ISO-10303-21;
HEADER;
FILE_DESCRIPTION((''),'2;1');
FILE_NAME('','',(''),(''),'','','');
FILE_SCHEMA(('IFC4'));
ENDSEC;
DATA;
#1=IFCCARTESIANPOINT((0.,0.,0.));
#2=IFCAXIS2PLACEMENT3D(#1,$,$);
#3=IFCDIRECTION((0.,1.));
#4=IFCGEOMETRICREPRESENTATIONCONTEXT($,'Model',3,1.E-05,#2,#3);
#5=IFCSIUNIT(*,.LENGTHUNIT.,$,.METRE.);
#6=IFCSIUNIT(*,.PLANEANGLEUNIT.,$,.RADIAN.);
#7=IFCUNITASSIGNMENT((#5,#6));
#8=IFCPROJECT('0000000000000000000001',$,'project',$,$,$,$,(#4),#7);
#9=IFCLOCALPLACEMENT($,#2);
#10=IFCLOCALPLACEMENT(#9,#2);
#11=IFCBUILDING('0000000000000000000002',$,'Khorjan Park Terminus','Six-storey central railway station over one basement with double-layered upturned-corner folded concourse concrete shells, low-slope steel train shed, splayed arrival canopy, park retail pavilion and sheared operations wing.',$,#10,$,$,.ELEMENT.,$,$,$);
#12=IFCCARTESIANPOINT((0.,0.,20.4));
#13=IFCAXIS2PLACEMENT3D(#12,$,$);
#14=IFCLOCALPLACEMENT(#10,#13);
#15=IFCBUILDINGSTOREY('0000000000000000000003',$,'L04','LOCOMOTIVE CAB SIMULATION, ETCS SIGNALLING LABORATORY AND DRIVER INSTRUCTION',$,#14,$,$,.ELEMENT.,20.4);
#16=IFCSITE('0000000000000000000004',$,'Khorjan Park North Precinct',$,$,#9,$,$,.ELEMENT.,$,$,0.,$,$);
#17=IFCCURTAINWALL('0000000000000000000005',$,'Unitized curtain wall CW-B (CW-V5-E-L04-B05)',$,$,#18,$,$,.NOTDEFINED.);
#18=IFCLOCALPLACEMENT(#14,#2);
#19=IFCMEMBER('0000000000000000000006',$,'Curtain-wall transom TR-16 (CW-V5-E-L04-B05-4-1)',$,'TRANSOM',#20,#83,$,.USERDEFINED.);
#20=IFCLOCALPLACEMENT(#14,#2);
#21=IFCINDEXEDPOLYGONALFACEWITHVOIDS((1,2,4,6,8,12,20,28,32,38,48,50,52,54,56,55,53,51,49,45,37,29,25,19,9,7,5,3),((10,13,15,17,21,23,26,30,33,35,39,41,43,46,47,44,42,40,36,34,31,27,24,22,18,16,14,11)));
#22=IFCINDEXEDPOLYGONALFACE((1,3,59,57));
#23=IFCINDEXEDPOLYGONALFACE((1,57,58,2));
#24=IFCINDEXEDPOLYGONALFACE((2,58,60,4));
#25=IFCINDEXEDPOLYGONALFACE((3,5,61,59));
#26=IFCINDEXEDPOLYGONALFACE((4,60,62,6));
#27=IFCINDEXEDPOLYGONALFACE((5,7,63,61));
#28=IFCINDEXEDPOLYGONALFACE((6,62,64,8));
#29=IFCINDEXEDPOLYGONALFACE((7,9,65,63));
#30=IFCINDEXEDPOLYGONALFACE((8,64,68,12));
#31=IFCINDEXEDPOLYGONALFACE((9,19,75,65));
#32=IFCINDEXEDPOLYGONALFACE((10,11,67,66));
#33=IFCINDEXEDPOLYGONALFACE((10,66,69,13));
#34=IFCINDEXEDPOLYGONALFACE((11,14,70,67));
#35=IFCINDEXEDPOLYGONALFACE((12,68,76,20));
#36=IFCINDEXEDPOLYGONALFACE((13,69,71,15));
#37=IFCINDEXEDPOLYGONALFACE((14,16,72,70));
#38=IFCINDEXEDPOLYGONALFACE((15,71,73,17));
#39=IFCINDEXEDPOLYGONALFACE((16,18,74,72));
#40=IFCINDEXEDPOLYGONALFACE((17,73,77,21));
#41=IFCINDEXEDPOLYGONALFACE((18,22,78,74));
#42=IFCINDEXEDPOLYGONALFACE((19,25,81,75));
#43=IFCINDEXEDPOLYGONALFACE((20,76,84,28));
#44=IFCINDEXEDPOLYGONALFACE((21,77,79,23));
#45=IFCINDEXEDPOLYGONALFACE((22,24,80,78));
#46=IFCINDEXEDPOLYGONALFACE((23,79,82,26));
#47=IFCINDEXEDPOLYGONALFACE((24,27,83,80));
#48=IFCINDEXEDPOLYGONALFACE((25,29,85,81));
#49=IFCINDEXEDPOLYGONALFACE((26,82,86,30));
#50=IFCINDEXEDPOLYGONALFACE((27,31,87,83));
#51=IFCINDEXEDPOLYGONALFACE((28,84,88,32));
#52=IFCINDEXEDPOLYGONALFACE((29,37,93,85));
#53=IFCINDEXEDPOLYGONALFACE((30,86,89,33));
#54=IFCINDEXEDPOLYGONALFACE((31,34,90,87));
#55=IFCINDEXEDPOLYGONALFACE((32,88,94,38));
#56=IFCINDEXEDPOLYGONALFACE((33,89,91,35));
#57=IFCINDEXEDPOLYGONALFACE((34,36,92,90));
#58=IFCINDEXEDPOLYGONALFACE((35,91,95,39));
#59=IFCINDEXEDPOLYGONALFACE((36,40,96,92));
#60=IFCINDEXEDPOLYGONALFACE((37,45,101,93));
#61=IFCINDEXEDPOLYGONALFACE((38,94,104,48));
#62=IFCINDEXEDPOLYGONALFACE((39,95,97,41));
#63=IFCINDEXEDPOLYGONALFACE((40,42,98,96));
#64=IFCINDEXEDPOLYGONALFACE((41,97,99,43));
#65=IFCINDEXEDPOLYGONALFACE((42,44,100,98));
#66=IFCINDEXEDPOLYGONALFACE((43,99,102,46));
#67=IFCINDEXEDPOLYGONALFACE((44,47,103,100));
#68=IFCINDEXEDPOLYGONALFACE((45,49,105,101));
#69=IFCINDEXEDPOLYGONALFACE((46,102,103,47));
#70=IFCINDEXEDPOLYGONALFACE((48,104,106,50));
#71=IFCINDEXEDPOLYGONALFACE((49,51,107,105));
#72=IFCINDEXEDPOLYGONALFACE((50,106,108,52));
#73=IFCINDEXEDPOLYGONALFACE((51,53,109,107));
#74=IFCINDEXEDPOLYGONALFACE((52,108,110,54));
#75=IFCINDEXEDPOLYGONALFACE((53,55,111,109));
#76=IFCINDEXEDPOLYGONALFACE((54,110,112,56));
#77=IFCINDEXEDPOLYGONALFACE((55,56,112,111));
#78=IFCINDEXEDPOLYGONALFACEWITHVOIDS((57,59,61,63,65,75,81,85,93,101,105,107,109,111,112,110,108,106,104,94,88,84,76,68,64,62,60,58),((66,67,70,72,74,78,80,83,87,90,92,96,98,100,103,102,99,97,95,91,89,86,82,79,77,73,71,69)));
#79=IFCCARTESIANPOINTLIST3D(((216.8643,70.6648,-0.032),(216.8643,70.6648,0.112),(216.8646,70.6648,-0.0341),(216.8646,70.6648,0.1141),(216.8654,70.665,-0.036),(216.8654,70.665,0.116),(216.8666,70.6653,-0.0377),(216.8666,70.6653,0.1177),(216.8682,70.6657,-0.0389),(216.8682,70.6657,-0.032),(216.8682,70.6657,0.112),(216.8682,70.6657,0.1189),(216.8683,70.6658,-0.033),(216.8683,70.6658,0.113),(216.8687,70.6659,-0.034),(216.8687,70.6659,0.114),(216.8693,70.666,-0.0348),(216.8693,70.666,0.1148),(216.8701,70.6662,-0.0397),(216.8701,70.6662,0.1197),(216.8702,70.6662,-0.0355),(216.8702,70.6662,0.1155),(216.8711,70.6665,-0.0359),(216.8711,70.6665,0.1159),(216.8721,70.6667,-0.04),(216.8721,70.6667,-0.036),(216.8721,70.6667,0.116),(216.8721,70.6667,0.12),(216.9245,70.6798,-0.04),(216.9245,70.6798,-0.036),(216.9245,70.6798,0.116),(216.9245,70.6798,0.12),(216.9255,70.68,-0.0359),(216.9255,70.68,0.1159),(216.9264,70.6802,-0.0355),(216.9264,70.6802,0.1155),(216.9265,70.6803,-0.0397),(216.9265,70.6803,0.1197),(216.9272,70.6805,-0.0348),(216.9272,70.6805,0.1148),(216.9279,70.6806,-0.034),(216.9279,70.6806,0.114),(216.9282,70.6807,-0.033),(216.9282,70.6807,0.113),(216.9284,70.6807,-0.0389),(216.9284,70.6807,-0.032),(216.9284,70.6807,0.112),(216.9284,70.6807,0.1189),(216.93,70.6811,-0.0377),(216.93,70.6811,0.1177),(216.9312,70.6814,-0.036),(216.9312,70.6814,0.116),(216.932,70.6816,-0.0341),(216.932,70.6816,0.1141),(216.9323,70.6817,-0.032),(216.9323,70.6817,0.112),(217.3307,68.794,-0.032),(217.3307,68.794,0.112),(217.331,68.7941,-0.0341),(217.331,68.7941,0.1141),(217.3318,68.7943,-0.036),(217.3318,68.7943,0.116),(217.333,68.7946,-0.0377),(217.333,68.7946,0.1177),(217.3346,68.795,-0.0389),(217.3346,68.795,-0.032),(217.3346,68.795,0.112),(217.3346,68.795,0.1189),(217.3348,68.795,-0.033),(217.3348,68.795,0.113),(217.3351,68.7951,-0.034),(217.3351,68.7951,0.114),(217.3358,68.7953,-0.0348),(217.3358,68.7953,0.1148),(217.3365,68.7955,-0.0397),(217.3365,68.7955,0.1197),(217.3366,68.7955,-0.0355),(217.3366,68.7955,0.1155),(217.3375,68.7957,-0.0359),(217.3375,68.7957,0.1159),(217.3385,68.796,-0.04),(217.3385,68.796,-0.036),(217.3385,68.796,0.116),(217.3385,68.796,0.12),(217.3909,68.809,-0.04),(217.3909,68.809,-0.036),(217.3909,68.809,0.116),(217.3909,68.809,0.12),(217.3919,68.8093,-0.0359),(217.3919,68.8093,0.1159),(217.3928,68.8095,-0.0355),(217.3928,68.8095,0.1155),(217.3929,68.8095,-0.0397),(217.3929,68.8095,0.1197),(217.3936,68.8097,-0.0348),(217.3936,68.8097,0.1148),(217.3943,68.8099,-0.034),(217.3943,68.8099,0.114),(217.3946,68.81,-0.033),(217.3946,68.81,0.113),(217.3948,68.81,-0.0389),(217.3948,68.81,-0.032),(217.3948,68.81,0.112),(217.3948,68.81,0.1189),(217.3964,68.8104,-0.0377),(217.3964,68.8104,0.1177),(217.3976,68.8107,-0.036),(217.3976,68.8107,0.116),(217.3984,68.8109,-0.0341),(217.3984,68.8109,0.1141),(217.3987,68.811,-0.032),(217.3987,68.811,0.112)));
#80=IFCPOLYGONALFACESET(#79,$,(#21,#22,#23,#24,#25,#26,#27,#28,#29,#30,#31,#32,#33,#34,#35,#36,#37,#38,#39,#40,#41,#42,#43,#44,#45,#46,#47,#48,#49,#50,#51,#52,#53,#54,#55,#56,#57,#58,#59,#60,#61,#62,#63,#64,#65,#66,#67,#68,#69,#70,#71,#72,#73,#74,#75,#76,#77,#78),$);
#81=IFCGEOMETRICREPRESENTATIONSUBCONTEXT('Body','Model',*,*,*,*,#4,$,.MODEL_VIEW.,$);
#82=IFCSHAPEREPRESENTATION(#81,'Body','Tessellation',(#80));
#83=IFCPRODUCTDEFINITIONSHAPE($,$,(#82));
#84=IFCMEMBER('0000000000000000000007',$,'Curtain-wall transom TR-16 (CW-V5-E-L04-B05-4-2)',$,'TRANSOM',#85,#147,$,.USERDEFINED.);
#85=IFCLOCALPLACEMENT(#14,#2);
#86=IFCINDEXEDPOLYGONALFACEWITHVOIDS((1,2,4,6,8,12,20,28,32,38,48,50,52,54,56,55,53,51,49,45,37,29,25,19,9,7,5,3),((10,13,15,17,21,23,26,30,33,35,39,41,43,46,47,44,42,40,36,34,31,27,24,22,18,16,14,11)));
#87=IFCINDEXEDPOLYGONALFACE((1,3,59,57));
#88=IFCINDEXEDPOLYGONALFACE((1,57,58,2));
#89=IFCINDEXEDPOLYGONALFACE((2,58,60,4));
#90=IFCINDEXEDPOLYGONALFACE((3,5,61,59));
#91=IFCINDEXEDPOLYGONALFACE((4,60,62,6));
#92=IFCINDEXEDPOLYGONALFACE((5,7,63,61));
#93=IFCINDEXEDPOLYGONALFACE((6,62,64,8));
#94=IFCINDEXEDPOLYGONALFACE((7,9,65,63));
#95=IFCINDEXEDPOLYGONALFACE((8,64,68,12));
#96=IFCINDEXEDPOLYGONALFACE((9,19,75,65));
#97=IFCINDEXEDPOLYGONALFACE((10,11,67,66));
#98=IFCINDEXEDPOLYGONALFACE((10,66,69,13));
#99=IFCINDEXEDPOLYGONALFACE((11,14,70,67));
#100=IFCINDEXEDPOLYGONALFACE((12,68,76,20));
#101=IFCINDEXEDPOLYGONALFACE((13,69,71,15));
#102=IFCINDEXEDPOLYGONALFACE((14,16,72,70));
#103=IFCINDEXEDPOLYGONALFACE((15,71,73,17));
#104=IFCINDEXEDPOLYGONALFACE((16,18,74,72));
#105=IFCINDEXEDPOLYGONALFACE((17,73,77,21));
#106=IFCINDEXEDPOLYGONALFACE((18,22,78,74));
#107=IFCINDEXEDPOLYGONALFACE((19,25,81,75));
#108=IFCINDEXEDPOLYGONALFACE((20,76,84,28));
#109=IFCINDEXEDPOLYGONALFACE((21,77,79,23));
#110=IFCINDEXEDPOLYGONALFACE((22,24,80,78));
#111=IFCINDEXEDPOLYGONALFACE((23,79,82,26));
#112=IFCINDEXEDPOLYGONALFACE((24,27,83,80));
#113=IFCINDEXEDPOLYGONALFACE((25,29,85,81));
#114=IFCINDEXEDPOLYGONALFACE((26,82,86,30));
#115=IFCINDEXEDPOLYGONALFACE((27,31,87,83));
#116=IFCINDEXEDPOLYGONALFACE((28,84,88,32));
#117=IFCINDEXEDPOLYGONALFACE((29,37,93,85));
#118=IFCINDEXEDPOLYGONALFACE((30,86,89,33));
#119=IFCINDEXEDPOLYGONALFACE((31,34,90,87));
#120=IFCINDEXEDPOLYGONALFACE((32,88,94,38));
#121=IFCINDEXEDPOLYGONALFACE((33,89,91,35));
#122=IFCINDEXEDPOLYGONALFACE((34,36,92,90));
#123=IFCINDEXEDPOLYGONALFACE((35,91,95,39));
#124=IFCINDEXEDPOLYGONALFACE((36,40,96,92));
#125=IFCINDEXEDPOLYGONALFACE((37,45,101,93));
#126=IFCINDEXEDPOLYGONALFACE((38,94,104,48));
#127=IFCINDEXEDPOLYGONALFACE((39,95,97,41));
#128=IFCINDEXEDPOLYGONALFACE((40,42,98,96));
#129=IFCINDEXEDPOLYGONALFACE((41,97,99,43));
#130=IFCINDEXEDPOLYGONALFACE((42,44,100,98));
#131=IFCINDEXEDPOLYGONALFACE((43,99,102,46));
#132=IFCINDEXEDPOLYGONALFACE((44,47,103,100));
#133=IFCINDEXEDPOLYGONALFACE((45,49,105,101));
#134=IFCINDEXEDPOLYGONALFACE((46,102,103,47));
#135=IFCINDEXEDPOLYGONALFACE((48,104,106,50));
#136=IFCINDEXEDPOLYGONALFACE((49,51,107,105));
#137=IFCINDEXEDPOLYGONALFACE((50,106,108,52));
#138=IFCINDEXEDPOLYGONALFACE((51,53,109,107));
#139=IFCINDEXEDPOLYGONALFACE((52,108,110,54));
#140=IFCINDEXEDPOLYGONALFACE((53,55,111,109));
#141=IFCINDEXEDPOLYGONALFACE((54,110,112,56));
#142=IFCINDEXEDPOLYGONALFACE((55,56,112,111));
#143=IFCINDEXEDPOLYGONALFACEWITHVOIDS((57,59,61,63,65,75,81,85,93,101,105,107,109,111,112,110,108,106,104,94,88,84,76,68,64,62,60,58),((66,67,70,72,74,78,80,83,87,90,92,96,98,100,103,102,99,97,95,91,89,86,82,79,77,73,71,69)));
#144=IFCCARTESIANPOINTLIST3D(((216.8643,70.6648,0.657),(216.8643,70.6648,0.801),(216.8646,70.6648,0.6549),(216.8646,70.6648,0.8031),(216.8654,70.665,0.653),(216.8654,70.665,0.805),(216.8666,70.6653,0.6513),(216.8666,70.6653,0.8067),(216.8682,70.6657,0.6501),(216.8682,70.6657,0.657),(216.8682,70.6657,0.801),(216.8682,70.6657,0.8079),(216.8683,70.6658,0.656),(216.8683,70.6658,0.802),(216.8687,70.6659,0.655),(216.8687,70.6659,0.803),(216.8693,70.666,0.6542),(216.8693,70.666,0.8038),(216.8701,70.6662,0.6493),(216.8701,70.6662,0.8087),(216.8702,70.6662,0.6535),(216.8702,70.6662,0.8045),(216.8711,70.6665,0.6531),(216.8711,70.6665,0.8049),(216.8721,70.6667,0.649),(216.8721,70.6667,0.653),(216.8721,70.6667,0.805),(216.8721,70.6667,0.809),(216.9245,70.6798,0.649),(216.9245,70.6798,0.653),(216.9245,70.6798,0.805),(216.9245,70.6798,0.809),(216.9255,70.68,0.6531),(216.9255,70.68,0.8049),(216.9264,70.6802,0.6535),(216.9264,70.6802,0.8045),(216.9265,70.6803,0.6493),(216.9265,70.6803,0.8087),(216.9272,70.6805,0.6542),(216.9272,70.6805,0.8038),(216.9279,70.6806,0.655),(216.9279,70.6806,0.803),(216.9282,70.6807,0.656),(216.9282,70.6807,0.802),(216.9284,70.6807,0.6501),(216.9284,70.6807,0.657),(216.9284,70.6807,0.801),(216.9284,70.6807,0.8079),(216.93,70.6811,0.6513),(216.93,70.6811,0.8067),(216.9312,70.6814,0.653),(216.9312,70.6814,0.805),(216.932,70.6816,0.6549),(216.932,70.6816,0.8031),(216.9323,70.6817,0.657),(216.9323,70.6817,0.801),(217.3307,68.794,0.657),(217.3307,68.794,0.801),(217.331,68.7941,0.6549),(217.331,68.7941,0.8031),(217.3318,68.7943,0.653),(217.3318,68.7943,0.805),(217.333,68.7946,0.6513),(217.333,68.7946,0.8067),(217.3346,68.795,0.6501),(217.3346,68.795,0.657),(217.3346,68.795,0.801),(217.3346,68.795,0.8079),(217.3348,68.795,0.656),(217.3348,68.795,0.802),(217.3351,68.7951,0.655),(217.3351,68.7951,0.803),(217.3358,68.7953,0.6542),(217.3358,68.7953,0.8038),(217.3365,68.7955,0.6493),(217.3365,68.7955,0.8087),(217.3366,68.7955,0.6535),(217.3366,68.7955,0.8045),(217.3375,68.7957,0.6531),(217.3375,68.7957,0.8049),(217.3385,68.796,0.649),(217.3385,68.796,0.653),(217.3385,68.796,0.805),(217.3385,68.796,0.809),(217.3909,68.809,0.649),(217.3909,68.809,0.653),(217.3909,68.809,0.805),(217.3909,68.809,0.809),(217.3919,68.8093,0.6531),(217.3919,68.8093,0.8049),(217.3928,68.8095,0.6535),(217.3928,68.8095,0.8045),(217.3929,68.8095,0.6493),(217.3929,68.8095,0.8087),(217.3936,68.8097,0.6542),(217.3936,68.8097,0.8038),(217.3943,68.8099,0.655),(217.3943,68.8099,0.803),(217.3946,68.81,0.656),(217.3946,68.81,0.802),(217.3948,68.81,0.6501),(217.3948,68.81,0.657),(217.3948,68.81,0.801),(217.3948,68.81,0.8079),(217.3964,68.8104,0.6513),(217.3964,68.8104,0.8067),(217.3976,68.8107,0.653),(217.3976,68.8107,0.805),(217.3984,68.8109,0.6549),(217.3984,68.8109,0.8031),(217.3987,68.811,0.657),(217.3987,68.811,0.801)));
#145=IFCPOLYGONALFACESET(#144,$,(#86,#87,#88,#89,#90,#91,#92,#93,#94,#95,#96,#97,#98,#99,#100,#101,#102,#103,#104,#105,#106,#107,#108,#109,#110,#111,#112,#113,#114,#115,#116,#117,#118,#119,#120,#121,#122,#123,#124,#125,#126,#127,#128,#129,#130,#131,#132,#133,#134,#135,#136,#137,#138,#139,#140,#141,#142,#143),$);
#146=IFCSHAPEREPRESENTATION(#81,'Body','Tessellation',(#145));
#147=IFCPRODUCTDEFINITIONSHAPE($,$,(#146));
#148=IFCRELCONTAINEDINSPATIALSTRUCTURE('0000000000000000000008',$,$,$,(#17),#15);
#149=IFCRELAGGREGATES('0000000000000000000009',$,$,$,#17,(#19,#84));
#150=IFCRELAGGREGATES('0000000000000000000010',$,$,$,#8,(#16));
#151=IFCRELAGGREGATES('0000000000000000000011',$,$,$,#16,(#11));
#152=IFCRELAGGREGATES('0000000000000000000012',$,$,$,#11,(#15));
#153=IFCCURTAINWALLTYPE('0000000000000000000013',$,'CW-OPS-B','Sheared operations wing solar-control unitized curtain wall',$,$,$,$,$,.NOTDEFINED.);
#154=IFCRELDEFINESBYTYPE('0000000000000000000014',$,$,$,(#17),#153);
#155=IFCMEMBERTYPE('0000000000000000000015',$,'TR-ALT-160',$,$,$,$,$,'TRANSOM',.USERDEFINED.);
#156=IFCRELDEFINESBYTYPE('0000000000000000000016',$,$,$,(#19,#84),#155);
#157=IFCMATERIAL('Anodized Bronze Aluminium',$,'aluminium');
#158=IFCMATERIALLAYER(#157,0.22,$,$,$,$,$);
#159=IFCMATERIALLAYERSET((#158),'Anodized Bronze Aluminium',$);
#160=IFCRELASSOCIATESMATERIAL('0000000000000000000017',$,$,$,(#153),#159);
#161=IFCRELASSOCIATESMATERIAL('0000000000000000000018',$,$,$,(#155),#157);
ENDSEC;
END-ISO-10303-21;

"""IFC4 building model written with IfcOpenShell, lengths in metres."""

from ifc_helpers import new_model, si_unit, direction, frame, origin, origin_2d, place, context, subcontext, project, spatial, hollow_rectangle, extrude, material, layer, layer_set, material_profile, profile_set, type_object, element, aggregate, save


model = new_model("IFC4")

# Units and contexts
model_context = context("Model", 3, precision=1e-05, world=origin(), true_north=direction((0.0, 1.0)))
body_context = subcontext(model_context, "Body", "Model", "MODEL_VIEW")
ifc_project = project(units=[si_unit("LENGTHUNIT", "METRE"), si_unit("PLANEANGLEUNIT", "RADIAN")], contexts=[model_context])

# Site, building, storey
site_placement = place(None, origin())
site = spatial("IfcSite", under=ifc_project, at=site_placement, Name="Khorjan Park North Precinct", CompositionType="ELEMENT", RefElevation=0.0)
building_placement = place(site_placement, origin())
building = spatial("IfcBuilding", under=site, at=building_placement, Name="Khorjan Park Terminus", Description="Six-storey central railway station over one basement with double-layered upturned-corner folded concourse concrete shells, low-slope steel train shed, splayed arrival canopy, park retail pavilion and sheared operations wing.", CompositionType="ELEMENT")
storey_placement = place(building_placement, frame((0.0, 0.0, 20.4)))
storey = spatial("IfcBuildingStorey", under=building, at=storey_placement, Name="L04", Description="LOCOMOTIVE CAB SIMULATION, ETCS SIGNALLING LABORATORY AND DRIVER INSTRUCTION", CompositionType="ELEMENT", Elevation=20.4)

# Curtain wall, members
ifc_material_1 = material(Name="Anodized Bronze Aluminium", Category="aluminium")
ifc_layer_1 = layer(ifc_material_1, 0.22)
ifc_layer_set_1 = layer_set([ifc_layer_1], Name="Anodized Bronze Aluminium")
curtain_wall_type = type_object("IfcCurtainWallType", Name="CW-OPS-B", Description="Sheared operations wing solar-control unitized curtain wall", PredefinedType="NOTDEFINED", material=ifc_layer_set_1)
curtain_wall_placement = place(storey_placement, origin())
curtain_wall = element("IfcCurtainWall", 1, at=curtain_wall_placement, inside=storey, type_object=curtain_wall_type, Name="Unitized curtain wall CW-B (CW-V5-E-L04-B05)", PredefinedType="NOTDEFINED")
ifc_material_profile_1 = material_profile(ifc_material_1, hollow_rectangle(XDim=0.07, YDim=0.16, WallThickness=0.004, InnerFilletRadius=0.004, OuterFilletRadius=0.008, at=origin_2d()), Name="ALT 70x160x4")
ifc_profile_set_1 = profile_set([ifc_material_profile_1], Name="Anodized Bronze Aluminium")
member_type_1 = type_object("IfcMemberType", Name="TR-ALT-160", ElementType="TRANSOM", PredefinedType="USERDEFINED", material=ifc_profile_set_1)
member_1_placement = place(storey_placement, frame((217.3647, 68.8025, 0.04), z_axis=(-0.241913, 0.970298, 0.0), x_axis=(-0.970298, -0.241913, 0.0)))
member_1 = element("IfcMember", 2, at=member_1_placement, type_object=member_type_1, Name="Curtain-wall transom TR-16 (CW-V5-E-L04-B05-4-1)", ObjectType="TRANSOM", PredefinedType="USERDEFINED", context=body_context, shape_type="SweptSolid", body=[
    extrude(hollow_rectangle(XDim=0.07, YDim=0.16, WallThickness=0.004, InnerFilletRadius=0.004, OuterFilletRadius=0.008, at=origin_2d()), origin(), (0.0, 0.0, 1.0), 1.928),
])
member_2_placement = place(storey_placement, frame((217.3647, 68.8025, 0.729), z_axis=(-0.241913, 0.970298, 0.0), x_axis=(-0.970298, -0.241913, 0.0)))
member_2 = element("IfcMember", 3, at=member_2_placement, type_object=member_type_1, Name="Curtain-wall transom TR-16 (CW-V5-E-L04-B05-4-2)", ObjectType="TRANSOM", PredefinedType="USERDEFINED", context=body_context, shape_type="SweptSolid", body=[
    extrude(hollow_rectangle(XDim=0.07, YDim=0.16, WallThickness=0.004, InnerFilletRadius=0.004, OuterFilletRadius=0.008, at=origin_2d()), origin(), (0.0, 0.0, 1.0), 1.928),
])
aggregate(curtain_wall, [member_1, member_2])

save(model, "model.ifc")
